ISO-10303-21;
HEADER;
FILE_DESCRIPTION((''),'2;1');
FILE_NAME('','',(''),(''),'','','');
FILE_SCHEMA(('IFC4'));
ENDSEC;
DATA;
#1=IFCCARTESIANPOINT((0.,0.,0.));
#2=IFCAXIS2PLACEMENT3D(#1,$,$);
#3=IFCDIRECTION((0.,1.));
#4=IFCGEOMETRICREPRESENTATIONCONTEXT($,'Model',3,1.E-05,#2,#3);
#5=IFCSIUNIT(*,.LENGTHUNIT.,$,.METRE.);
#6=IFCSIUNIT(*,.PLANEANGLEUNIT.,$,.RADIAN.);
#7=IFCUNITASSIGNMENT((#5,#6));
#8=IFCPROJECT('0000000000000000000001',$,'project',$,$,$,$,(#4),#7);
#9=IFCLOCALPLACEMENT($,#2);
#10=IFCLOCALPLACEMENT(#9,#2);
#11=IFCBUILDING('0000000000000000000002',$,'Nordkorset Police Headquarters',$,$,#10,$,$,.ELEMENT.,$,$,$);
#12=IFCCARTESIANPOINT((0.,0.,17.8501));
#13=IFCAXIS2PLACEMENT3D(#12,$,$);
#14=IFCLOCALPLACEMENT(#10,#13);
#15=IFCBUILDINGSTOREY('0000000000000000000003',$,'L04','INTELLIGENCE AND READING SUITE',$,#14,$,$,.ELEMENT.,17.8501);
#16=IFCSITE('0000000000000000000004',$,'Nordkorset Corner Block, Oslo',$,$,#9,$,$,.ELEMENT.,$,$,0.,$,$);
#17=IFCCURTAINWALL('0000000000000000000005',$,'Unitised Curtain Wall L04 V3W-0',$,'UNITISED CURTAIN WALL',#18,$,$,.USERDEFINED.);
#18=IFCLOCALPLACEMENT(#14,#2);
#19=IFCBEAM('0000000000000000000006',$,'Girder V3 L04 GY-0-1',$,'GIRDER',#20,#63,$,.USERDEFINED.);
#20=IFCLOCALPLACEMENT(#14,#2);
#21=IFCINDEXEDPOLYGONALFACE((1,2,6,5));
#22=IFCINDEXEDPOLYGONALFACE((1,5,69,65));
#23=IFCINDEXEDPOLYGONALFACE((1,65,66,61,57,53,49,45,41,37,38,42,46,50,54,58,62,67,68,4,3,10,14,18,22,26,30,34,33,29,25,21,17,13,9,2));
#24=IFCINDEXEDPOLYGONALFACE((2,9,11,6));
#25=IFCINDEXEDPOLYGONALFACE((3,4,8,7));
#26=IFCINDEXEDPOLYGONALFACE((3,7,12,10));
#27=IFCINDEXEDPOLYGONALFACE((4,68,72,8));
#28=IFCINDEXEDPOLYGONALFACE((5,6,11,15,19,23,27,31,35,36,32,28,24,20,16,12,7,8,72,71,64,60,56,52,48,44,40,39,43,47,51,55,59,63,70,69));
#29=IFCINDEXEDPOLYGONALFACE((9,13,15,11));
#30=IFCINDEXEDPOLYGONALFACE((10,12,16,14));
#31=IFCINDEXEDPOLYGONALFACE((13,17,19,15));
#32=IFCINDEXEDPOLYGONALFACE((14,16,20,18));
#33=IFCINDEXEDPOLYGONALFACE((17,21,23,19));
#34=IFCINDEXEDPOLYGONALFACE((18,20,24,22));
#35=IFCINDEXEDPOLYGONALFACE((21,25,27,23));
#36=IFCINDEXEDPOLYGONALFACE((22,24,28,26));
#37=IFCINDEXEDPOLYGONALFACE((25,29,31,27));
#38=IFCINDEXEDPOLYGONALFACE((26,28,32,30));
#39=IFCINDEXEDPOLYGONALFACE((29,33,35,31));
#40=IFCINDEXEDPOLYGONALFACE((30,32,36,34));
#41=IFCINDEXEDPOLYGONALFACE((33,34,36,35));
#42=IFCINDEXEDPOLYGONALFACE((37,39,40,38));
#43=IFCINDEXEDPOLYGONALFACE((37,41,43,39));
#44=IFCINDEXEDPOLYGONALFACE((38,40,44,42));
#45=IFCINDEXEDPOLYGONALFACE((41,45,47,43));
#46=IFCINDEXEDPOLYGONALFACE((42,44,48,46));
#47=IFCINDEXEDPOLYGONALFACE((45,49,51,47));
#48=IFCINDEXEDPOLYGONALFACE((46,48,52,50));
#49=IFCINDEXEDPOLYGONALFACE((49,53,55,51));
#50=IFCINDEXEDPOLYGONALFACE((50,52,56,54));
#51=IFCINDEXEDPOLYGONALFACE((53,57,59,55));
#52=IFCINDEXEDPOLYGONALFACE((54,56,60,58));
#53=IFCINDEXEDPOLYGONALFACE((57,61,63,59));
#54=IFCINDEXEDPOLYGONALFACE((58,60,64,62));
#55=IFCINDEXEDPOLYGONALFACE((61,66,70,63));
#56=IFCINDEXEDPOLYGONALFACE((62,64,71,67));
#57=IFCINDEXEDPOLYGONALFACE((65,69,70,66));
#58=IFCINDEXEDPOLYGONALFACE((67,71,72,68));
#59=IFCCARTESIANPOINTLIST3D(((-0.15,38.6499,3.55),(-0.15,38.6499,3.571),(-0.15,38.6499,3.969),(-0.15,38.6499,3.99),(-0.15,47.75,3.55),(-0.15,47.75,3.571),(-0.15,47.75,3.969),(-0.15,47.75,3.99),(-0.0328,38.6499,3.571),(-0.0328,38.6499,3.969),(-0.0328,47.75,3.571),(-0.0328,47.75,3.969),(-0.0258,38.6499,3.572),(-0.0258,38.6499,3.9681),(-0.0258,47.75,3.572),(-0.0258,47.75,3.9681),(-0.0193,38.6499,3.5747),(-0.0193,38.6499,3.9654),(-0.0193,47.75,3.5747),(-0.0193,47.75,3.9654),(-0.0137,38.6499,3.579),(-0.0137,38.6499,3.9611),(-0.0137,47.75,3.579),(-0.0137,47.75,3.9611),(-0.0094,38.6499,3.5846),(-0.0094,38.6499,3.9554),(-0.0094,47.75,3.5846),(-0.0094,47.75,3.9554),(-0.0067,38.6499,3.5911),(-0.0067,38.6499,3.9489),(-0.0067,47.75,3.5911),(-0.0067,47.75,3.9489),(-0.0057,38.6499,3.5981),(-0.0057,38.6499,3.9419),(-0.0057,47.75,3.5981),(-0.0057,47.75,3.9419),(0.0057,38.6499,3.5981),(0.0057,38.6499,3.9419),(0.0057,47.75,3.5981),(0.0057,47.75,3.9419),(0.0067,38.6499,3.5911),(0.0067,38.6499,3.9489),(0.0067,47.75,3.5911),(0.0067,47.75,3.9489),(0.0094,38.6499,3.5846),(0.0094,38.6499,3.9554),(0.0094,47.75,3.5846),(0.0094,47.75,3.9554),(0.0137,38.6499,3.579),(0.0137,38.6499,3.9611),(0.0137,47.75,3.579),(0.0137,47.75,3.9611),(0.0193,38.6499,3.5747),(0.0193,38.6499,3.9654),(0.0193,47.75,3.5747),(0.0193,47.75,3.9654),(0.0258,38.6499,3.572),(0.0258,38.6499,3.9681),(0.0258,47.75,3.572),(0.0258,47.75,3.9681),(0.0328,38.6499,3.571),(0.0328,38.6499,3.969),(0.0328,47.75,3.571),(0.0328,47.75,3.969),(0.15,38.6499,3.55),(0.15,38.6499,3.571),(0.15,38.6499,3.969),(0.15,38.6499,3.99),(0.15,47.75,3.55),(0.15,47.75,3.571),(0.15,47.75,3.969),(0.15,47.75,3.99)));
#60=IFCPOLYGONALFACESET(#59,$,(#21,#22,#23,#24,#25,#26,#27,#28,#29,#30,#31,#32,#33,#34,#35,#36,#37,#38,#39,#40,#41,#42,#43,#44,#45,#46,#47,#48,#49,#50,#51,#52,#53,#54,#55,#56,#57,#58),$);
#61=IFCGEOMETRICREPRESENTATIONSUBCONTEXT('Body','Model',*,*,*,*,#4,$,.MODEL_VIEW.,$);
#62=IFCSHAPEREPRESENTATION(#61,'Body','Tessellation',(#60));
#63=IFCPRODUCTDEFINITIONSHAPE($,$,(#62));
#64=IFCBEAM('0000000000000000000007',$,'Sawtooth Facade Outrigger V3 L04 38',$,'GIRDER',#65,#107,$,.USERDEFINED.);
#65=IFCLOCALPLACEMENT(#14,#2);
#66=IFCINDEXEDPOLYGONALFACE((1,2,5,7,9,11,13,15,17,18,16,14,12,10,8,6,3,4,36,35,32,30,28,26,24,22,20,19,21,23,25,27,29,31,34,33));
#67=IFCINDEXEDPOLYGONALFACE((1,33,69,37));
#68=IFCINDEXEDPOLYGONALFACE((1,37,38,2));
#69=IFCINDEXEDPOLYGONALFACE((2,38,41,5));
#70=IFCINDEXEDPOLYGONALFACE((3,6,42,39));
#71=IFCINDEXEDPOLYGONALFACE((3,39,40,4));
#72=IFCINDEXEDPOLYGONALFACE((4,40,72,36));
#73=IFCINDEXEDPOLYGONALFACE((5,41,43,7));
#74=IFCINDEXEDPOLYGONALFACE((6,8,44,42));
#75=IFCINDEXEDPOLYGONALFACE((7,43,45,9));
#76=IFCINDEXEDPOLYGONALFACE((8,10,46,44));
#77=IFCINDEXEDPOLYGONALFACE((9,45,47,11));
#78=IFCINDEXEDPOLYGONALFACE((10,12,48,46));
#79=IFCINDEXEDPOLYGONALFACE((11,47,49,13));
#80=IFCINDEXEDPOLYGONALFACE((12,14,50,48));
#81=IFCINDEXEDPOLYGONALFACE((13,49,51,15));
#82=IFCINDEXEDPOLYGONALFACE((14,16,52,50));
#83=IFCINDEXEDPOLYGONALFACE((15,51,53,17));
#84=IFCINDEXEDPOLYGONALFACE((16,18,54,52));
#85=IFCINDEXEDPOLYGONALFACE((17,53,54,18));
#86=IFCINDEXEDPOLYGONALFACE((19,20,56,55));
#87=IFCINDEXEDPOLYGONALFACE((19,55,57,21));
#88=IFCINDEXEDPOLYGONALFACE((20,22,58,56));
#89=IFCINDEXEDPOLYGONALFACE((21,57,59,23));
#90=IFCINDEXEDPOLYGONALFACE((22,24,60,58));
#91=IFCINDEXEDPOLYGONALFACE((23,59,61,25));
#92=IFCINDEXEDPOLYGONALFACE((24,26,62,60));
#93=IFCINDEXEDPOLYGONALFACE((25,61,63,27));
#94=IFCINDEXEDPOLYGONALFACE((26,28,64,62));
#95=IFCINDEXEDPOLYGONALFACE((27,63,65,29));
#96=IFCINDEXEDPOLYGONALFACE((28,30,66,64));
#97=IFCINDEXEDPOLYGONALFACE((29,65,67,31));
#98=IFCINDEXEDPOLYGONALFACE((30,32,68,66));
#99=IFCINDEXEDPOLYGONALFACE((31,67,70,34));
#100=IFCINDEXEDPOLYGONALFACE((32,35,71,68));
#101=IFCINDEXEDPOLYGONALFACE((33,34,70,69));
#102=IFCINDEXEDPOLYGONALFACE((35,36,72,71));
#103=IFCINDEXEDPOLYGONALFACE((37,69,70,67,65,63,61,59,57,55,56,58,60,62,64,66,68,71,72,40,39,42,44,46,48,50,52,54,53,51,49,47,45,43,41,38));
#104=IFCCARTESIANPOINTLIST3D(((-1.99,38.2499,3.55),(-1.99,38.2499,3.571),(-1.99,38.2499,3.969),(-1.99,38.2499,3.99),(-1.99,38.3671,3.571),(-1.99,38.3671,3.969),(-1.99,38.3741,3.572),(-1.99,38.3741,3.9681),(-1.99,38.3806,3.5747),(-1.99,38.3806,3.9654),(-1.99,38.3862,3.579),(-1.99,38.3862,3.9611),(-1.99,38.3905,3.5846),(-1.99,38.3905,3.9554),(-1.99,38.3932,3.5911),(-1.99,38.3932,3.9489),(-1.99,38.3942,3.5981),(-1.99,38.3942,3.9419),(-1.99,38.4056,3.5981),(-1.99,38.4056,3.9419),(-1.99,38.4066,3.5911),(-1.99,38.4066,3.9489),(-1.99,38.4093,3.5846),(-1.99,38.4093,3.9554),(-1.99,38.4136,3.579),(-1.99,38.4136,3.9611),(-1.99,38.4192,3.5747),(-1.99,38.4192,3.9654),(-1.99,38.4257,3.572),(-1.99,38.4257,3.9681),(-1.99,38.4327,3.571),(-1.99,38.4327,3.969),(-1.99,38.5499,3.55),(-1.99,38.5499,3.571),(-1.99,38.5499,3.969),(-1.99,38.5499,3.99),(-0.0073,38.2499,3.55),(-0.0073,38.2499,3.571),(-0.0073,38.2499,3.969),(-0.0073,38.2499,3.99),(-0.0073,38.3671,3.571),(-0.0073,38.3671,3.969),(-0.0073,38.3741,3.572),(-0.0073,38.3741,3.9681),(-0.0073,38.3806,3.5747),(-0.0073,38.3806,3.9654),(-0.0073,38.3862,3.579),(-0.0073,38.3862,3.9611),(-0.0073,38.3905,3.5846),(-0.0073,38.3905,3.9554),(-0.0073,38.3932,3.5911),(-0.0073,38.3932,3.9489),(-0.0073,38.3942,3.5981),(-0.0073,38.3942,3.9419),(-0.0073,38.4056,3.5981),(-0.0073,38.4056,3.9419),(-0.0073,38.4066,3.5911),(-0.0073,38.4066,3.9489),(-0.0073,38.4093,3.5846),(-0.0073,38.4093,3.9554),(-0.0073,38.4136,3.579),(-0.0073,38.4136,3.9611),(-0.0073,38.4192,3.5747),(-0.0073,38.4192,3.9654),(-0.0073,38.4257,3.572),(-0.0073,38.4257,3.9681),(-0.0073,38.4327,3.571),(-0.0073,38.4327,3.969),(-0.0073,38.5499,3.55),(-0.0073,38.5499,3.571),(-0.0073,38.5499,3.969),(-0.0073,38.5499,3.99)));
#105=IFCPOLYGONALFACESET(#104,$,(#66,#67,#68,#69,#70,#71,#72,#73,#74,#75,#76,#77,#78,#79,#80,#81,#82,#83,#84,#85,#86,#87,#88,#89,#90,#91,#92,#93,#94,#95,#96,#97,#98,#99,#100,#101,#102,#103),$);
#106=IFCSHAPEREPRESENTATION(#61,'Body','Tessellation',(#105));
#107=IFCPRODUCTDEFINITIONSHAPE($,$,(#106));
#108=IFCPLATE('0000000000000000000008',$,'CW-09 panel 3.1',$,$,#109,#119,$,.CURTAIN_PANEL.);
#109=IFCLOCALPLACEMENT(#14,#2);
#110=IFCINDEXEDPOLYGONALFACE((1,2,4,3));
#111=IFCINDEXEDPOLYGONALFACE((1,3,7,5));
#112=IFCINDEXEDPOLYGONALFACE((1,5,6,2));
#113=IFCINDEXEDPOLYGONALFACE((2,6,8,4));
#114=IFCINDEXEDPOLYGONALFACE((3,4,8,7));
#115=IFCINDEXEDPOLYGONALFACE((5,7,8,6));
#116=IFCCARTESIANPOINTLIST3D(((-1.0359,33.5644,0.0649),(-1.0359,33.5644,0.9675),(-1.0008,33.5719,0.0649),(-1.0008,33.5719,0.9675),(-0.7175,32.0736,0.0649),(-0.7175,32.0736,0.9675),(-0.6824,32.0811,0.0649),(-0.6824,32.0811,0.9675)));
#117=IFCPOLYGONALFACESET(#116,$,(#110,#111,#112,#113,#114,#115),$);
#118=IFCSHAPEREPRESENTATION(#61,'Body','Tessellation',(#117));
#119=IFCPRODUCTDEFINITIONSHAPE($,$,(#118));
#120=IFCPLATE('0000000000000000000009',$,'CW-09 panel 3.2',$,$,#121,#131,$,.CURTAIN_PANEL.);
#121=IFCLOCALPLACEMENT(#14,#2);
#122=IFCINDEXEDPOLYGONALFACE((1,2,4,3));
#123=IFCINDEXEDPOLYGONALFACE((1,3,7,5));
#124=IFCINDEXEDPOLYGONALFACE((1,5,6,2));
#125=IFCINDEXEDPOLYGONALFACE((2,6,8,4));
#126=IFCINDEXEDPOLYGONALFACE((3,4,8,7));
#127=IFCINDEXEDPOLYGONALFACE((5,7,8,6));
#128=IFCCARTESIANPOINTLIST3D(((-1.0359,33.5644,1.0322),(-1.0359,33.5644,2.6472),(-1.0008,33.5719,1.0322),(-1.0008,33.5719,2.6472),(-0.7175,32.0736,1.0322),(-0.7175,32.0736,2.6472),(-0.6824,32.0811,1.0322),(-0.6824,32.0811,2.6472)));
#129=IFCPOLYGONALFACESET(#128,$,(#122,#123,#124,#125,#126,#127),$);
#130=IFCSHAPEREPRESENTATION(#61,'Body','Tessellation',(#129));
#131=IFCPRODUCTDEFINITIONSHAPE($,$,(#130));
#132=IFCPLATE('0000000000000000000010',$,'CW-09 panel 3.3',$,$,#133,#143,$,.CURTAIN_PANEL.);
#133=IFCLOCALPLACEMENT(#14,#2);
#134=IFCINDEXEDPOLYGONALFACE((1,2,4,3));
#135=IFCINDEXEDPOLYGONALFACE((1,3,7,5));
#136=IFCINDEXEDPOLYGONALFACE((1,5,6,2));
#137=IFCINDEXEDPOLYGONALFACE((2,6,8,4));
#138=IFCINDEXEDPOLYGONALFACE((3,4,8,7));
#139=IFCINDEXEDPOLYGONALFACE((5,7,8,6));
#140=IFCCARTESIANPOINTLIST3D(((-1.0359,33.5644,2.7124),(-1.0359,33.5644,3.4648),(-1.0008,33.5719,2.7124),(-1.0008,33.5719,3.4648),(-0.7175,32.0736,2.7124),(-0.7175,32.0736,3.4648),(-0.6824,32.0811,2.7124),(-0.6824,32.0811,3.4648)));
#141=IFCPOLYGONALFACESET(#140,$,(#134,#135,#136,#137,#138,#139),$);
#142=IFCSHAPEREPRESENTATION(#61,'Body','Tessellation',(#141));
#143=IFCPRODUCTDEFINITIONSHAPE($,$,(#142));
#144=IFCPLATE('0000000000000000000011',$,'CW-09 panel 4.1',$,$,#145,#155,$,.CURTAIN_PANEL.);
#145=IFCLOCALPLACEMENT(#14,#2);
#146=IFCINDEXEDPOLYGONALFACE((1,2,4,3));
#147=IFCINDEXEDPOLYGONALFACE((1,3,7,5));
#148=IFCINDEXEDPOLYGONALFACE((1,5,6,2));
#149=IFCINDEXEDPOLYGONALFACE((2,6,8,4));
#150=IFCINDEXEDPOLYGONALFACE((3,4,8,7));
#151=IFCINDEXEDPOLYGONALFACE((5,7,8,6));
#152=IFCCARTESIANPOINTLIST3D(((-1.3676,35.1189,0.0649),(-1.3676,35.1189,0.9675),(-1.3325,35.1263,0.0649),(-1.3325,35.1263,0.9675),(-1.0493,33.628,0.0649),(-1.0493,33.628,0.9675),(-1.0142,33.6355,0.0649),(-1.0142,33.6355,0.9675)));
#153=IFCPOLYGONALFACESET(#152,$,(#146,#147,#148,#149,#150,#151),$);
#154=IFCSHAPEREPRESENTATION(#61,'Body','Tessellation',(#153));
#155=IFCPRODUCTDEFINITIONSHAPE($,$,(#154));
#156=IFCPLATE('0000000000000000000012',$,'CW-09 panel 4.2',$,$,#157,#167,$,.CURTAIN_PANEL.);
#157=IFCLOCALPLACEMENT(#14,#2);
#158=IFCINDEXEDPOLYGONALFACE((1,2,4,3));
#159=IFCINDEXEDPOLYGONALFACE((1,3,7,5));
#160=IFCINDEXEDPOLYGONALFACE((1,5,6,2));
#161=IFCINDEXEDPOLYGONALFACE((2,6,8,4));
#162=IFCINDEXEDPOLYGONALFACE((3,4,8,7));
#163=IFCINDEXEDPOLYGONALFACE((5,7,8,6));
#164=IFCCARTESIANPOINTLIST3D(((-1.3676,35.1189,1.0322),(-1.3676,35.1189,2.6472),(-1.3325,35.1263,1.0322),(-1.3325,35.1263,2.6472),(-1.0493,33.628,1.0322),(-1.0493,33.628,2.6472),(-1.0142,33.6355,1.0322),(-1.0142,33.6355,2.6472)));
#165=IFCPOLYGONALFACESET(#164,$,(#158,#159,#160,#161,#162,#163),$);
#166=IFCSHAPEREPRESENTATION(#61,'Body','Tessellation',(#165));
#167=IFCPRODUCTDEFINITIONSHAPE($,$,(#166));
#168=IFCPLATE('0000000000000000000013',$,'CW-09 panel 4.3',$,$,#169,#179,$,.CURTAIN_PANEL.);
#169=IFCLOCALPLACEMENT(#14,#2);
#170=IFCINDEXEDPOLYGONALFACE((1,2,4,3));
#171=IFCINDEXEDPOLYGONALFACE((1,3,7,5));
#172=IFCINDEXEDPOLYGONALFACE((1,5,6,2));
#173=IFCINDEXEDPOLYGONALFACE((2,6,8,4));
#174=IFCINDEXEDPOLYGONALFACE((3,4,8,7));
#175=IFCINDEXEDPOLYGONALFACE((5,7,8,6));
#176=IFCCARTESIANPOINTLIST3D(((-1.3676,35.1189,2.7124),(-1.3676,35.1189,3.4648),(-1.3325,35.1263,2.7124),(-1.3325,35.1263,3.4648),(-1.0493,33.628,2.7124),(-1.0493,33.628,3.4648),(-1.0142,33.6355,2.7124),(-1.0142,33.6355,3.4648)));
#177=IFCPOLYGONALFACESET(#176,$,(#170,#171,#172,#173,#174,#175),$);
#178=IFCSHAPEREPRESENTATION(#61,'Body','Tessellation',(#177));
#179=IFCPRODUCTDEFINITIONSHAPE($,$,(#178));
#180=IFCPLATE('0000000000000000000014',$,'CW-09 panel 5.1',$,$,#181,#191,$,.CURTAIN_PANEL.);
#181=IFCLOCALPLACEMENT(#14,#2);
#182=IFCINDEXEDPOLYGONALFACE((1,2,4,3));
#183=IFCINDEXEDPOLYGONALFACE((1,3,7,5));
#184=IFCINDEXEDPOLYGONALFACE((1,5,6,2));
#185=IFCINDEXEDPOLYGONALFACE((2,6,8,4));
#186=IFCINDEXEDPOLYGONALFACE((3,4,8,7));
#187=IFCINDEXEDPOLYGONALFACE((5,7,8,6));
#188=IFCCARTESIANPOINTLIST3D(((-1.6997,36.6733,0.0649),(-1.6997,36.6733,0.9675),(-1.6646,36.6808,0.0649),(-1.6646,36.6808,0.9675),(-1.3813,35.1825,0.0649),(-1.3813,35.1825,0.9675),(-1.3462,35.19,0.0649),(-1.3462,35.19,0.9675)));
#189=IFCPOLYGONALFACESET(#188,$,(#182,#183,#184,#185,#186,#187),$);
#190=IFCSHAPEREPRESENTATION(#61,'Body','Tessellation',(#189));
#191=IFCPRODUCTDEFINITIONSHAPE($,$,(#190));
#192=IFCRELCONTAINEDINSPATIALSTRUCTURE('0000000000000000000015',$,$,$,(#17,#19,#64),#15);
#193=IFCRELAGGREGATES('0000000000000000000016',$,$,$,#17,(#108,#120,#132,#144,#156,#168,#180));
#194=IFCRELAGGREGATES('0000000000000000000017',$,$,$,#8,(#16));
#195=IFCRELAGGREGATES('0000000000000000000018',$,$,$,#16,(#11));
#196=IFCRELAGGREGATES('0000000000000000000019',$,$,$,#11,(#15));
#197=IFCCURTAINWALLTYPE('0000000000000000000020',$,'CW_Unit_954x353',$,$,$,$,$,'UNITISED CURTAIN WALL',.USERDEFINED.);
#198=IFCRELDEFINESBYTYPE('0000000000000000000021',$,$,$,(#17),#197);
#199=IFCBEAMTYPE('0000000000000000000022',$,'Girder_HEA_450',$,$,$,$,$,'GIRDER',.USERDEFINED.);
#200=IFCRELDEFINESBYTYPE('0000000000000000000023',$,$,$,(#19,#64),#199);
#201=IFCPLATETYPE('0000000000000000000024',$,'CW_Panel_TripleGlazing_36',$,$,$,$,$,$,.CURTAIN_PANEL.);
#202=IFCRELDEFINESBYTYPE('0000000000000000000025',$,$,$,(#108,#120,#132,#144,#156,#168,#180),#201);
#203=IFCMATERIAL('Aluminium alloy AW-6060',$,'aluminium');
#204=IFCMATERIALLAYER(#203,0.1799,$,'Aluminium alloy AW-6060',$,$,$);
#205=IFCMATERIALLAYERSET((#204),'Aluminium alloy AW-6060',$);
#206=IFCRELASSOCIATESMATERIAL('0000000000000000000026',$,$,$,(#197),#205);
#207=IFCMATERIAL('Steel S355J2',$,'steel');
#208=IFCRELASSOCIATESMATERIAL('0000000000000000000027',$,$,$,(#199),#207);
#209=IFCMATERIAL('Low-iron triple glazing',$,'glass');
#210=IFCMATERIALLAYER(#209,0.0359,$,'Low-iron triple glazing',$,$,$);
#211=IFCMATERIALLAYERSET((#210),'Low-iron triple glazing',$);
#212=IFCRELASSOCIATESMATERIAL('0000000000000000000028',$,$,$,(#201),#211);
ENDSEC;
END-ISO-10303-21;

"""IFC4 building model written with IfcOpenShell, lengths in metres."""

from ifc_helpers import new_model, si_unit, direction, frame, origin, origin_2d, place, context, subcontext, project, spatial, rectangle, i_section, extrude, material, layer, layer_set, material_profile, profile_set, type_object, element, aggregate, save


model = new_model("IFC4")

# Units and contexts
model_context = context("Model", 3, precision=1e-05, world=origin(), true_north=direction((0.0, 1.0)))
body_context = subcontext(model_context, "Body", "Model", "MODEL_VIEW")
ifc_project = project(units=[si_unit("LENGTHUNIT", "METRE"), si_unit("PLANEANGLEUNIT", "RADIAN")], contexts=[model_context])

# Site, building, storey
site_placement = place(None, origin())
site = spatial("IfcSite", under=ifc_project, at=site_placement, Name="Nordkorset Corner Block, Oslo", CompositionType="ELEMENT", RefElevation=0.0)
building_placement = place(site_placement, origin())
building = spatial("IfcBuilding", under=site, at=building_placement, Name="Nordkorset Police Headquarters", CompositionType="ELEMENT")
storey_placement = place(building_placement, frame((0.0, 0.0, 17.8501)))
storey = spatial("IfcBuildingStorey", under=building, at=storey_placement, Name="L04", Description="INTELLIGENCE AND READING SUITE", CompositionType="ELEMENT", Elevation=17.8501)

# Curtain wall
ifc_material_1 = material(Name="Aluminium alloy AW-6060", Category="aluminium")
ifc_layer_1 = layer(ifc_material_1, 0.1799, Name="Aluminium alloy AW-6060")
ifc_layer_set_1 = layer_set([ifc_layer_1], Name="Aluminium alloy AW-6060")
curtain_wall_type_1 = type_object("IfcCurtainWallType", Name="CW_Unit_954x353", ElementType="UNITISED CURTAIN WALL", PredefinedType="USERDEFINED", material=ifc_layer_set_1)
curtain_wall_1_placement = place(storey_placement, origin())
curtain_wall_1 = element("IfcCurtainWall", 1, at=curtain_wall_1_placement, inside=storey, type_object=curtain_wall_type_1, Name="Unitised Curtain Wall L04 V3W-0", ObjectType="UNITISED CURTAIN WALL", PredefinedType="USERDEFINED")

# Beams
ifc_material_2 = material(Name="Steel S355J2", Category="steel")
ifc_material_profile_1 = material_profile(ifc_material_2, i_section(OverallWidth=0.3, OverallDepth=0.4399, WebThickness=0.0115, FlangeThickness=0.021, FilletRadius=0.0271, at=origin_2d()), Name="HEA 450")
ifc_profile_set_1 = profile_set([ifc_material_profile_1], Name="Steel S355J2")
beam_type = type_object("IfcBeamType", Name="Girder_HEA_450", ElementType="GIRDER", PredefinedType="USERDEFINED", material=ifc_profile_set_1)
beam_1_placement = place(storey_placement, frame((0.0, 38.6499, 3.77), z_axis=(0.0, 1.0, 0.0), x_axis=(-1.0, 0.0, 0.0)))
element("IfcBeam", 2, at=beam_1_placement, inside=storey, type_object=beam_type, Name="Girder V3 L04 GY-0-1", ObjectType="GIRDER", PredefinedType="USERDEFINED", context=body_context, shape_type="SweptSolid", body=[
    extrude(i_section(OverallWidth=0.3, OverallDepth=0.4399, WebThickness=0.0115, FlangeThickness=0.021, FilletRadius=0.0271, at=origin_2d()), origin(), (0.0, 0.0, 1.0), 9.1001),
])
beam_2_placement = place(storey_placement, frame((-0.0073, 38.3999, 3.77), z_axis=(-1.0, 0.0, 0.0), x_axis=(0.0, -1.0, 0.0)))
element("IfcBeam", 3, at=beam_2_placement, inside=storey, type_object=beam_type, Name="Sawtooth Facade Outrigger V3 L04 38", ObjectType="GIRDER", PredefinedType="USERDEFINED", context=body_context, shape_type="SweptSolid", body=[
    extrude(i_section(OverallWidth=0.3, OverallDepth=0.4399, WebThickness=0.0115, FlangeThickness=0.021, FilletRadius=0.0271, at=origin_2d()), origin(), (0.0, 0.0, 1.0), 1.9827),
])

# Plates
ifc_material_3 = material(Name="Low-iron triple glazing", Category="glass")
ifc_layer_2 = layer(ifc_material_3, 0.0359, Name="Low-iron triple glazing")
ifc_layer_set_2 = layer_set([ifc_layer_2], Name="Low-iron triple glazing")
plate_type = type_object("IfcPlateType", Name="CW_Panel_TripleGlazing_36", PredefinedType="CURTAIN_PANEL", material=ifc_layer_set_2)
plate_1_placement = place(storey_placement, frame((-0.8591, 32.8228, 0.0649), z_axis=(0.0, 0.0, 1.0), x_axis=(-0.208833, 0.977951, 0.0)))
plate_1 = element("IfcPlate", 4, at=plate_1_placement, type_object=plate_type, Name="CW-09 panel 3.1", PredefinedType="CURTAIN_PANEL", context=body_context, shape_type="SweptSolid", body=[
    extrude(rectangle(XDim=1.5244, YDim=0.0359, at=origin_2d()), origin(), (0.0, 0.0, 1.0), 0.9026),
])
plate_2_placement = place(storey_placement, frame((-0.8591, 32.8228, 1.0322), z_axis=(0.0, 0.0, 1.0), x_axis=(-0.208833, 0.977951, 0.0)))
plate_2 = element("IfcPlate", 5, at=plate_2_placement, type_object=plate_type, Name="CW-09 panel 3.2", PredefinedType="CURTAIN_PANEL", context=body_context, shape_type="SweptSolid", body=[
    extrude(rectangle(XDim=1.5244, YDim=0.0359, at=origin_2d()), origin(), (0.0, 0.0, 1.0), 1.615),
])
plate_3_placement = place(storey_placement, frame((-0.8591, 32.8228, 2.7124), z_axis=(0.0, 0.0, 1.0), x_axis=(-0.208833, 0.977951, 0.0)))
plate_3 = element("IfcPlate", 6, at=plate_3_placement, type_object=plate_type, Name="CW-09 panel 3.3", PredefinedType="CURTAIN_PANEL", context=body_context, shape_type="SweptSolid", body=[
    extrude(rectangle(XDim=1.5244, YDim=0.0359, at=origin_2d()), origin(), (0.0, 0.0, 1.0), 0.7524),
])
plate_4_placement = place(storey_placement, frame((-1.1909, 34.3772, 0.0649), z_axis=(0.0, 0.0, 1.0), x_axis=(-0.208833, 0.977951, 0.0)))
plate_4 = element("IfcPlate", 7, at=plate_4_placement, type_object=plate_type, Name="CW-09 panel 4.1", PredefinedType="CURTAIN_PANEL", context=body_context, shape_type="SweptSolid", body=[
    extrude(rectangle(XDim=1.5244, YDim=0.0359, at=origin_2d()), origin(), (0.0, 0.0, 1.0), 0.9026),
])
plate_5_placement = place(storey_placement, frame((-1.1909, 34.3772, 1.0322), z_axis=(0.0, 0.0, 1.0), x_axis=(-0.208833, 0.977951, 0.0)))
plate_5 = element("IfcPlate", 8, at=plate_5_placement, type_object=plate_type, Name="CW-09 panel 4.2", PredefinedType="CURTAIN_PANEL", context=body_context, shape_type="SweptSolid", body=[
    extrude(rectangle(XDim=1.5244, YDim=0.0359, at=origin_2d()), origin(), (0.0, 0.0, 1.0), 1.615),
])
plate_6_placement = place(storey_placement, frame((-1.1909, 34.3772, 2.7124), z_axis=(0.0, 0.0, 1.0), x_axis=(-0.208833, 0.977951, 0.0)))
plate_6 = element("IfcPlate", 9, at=plate_6_placement, type_object=plate_type, Name="CW-09 panel 4.3", PredefinedType="CURTAIN_PANEL", context=body_context, shape_type="SweptSolid", body=[
    extrude(rectangle(XDim=1.5244, YDim=0.0359, at=origin_2d()), origin(), (0.0, 0.0, 1.0), 0.7524),
])
plate_7_placement = place(storey_placement, frame((-1.5229, 35.9316, 0.0649), z_axis=(0.0, 0.0, 1.0), x_axis=(-0.208833, 0.977951, 0.0)))
plate_7 = element("IfcPlate", 10, at=plate_7_placement, type_object=plate_type, Name="CW-09 panel 5.1", PredefinedType="CURTAIN_PANEL", context=body_context, shape_type="SweptSolid", body=[
    extrude(rectangle(XDim=1.5244, YDim=0.0359, at=origin_2d()), origin(), (0.0, 0.0, 1.0), 0.9026),
])
aggregate(curtain_wall_1, [plate_1, plate_2, plate_3, plate_4, plate_5, plate_6, plate_7])

save(model, "model.ifc")
